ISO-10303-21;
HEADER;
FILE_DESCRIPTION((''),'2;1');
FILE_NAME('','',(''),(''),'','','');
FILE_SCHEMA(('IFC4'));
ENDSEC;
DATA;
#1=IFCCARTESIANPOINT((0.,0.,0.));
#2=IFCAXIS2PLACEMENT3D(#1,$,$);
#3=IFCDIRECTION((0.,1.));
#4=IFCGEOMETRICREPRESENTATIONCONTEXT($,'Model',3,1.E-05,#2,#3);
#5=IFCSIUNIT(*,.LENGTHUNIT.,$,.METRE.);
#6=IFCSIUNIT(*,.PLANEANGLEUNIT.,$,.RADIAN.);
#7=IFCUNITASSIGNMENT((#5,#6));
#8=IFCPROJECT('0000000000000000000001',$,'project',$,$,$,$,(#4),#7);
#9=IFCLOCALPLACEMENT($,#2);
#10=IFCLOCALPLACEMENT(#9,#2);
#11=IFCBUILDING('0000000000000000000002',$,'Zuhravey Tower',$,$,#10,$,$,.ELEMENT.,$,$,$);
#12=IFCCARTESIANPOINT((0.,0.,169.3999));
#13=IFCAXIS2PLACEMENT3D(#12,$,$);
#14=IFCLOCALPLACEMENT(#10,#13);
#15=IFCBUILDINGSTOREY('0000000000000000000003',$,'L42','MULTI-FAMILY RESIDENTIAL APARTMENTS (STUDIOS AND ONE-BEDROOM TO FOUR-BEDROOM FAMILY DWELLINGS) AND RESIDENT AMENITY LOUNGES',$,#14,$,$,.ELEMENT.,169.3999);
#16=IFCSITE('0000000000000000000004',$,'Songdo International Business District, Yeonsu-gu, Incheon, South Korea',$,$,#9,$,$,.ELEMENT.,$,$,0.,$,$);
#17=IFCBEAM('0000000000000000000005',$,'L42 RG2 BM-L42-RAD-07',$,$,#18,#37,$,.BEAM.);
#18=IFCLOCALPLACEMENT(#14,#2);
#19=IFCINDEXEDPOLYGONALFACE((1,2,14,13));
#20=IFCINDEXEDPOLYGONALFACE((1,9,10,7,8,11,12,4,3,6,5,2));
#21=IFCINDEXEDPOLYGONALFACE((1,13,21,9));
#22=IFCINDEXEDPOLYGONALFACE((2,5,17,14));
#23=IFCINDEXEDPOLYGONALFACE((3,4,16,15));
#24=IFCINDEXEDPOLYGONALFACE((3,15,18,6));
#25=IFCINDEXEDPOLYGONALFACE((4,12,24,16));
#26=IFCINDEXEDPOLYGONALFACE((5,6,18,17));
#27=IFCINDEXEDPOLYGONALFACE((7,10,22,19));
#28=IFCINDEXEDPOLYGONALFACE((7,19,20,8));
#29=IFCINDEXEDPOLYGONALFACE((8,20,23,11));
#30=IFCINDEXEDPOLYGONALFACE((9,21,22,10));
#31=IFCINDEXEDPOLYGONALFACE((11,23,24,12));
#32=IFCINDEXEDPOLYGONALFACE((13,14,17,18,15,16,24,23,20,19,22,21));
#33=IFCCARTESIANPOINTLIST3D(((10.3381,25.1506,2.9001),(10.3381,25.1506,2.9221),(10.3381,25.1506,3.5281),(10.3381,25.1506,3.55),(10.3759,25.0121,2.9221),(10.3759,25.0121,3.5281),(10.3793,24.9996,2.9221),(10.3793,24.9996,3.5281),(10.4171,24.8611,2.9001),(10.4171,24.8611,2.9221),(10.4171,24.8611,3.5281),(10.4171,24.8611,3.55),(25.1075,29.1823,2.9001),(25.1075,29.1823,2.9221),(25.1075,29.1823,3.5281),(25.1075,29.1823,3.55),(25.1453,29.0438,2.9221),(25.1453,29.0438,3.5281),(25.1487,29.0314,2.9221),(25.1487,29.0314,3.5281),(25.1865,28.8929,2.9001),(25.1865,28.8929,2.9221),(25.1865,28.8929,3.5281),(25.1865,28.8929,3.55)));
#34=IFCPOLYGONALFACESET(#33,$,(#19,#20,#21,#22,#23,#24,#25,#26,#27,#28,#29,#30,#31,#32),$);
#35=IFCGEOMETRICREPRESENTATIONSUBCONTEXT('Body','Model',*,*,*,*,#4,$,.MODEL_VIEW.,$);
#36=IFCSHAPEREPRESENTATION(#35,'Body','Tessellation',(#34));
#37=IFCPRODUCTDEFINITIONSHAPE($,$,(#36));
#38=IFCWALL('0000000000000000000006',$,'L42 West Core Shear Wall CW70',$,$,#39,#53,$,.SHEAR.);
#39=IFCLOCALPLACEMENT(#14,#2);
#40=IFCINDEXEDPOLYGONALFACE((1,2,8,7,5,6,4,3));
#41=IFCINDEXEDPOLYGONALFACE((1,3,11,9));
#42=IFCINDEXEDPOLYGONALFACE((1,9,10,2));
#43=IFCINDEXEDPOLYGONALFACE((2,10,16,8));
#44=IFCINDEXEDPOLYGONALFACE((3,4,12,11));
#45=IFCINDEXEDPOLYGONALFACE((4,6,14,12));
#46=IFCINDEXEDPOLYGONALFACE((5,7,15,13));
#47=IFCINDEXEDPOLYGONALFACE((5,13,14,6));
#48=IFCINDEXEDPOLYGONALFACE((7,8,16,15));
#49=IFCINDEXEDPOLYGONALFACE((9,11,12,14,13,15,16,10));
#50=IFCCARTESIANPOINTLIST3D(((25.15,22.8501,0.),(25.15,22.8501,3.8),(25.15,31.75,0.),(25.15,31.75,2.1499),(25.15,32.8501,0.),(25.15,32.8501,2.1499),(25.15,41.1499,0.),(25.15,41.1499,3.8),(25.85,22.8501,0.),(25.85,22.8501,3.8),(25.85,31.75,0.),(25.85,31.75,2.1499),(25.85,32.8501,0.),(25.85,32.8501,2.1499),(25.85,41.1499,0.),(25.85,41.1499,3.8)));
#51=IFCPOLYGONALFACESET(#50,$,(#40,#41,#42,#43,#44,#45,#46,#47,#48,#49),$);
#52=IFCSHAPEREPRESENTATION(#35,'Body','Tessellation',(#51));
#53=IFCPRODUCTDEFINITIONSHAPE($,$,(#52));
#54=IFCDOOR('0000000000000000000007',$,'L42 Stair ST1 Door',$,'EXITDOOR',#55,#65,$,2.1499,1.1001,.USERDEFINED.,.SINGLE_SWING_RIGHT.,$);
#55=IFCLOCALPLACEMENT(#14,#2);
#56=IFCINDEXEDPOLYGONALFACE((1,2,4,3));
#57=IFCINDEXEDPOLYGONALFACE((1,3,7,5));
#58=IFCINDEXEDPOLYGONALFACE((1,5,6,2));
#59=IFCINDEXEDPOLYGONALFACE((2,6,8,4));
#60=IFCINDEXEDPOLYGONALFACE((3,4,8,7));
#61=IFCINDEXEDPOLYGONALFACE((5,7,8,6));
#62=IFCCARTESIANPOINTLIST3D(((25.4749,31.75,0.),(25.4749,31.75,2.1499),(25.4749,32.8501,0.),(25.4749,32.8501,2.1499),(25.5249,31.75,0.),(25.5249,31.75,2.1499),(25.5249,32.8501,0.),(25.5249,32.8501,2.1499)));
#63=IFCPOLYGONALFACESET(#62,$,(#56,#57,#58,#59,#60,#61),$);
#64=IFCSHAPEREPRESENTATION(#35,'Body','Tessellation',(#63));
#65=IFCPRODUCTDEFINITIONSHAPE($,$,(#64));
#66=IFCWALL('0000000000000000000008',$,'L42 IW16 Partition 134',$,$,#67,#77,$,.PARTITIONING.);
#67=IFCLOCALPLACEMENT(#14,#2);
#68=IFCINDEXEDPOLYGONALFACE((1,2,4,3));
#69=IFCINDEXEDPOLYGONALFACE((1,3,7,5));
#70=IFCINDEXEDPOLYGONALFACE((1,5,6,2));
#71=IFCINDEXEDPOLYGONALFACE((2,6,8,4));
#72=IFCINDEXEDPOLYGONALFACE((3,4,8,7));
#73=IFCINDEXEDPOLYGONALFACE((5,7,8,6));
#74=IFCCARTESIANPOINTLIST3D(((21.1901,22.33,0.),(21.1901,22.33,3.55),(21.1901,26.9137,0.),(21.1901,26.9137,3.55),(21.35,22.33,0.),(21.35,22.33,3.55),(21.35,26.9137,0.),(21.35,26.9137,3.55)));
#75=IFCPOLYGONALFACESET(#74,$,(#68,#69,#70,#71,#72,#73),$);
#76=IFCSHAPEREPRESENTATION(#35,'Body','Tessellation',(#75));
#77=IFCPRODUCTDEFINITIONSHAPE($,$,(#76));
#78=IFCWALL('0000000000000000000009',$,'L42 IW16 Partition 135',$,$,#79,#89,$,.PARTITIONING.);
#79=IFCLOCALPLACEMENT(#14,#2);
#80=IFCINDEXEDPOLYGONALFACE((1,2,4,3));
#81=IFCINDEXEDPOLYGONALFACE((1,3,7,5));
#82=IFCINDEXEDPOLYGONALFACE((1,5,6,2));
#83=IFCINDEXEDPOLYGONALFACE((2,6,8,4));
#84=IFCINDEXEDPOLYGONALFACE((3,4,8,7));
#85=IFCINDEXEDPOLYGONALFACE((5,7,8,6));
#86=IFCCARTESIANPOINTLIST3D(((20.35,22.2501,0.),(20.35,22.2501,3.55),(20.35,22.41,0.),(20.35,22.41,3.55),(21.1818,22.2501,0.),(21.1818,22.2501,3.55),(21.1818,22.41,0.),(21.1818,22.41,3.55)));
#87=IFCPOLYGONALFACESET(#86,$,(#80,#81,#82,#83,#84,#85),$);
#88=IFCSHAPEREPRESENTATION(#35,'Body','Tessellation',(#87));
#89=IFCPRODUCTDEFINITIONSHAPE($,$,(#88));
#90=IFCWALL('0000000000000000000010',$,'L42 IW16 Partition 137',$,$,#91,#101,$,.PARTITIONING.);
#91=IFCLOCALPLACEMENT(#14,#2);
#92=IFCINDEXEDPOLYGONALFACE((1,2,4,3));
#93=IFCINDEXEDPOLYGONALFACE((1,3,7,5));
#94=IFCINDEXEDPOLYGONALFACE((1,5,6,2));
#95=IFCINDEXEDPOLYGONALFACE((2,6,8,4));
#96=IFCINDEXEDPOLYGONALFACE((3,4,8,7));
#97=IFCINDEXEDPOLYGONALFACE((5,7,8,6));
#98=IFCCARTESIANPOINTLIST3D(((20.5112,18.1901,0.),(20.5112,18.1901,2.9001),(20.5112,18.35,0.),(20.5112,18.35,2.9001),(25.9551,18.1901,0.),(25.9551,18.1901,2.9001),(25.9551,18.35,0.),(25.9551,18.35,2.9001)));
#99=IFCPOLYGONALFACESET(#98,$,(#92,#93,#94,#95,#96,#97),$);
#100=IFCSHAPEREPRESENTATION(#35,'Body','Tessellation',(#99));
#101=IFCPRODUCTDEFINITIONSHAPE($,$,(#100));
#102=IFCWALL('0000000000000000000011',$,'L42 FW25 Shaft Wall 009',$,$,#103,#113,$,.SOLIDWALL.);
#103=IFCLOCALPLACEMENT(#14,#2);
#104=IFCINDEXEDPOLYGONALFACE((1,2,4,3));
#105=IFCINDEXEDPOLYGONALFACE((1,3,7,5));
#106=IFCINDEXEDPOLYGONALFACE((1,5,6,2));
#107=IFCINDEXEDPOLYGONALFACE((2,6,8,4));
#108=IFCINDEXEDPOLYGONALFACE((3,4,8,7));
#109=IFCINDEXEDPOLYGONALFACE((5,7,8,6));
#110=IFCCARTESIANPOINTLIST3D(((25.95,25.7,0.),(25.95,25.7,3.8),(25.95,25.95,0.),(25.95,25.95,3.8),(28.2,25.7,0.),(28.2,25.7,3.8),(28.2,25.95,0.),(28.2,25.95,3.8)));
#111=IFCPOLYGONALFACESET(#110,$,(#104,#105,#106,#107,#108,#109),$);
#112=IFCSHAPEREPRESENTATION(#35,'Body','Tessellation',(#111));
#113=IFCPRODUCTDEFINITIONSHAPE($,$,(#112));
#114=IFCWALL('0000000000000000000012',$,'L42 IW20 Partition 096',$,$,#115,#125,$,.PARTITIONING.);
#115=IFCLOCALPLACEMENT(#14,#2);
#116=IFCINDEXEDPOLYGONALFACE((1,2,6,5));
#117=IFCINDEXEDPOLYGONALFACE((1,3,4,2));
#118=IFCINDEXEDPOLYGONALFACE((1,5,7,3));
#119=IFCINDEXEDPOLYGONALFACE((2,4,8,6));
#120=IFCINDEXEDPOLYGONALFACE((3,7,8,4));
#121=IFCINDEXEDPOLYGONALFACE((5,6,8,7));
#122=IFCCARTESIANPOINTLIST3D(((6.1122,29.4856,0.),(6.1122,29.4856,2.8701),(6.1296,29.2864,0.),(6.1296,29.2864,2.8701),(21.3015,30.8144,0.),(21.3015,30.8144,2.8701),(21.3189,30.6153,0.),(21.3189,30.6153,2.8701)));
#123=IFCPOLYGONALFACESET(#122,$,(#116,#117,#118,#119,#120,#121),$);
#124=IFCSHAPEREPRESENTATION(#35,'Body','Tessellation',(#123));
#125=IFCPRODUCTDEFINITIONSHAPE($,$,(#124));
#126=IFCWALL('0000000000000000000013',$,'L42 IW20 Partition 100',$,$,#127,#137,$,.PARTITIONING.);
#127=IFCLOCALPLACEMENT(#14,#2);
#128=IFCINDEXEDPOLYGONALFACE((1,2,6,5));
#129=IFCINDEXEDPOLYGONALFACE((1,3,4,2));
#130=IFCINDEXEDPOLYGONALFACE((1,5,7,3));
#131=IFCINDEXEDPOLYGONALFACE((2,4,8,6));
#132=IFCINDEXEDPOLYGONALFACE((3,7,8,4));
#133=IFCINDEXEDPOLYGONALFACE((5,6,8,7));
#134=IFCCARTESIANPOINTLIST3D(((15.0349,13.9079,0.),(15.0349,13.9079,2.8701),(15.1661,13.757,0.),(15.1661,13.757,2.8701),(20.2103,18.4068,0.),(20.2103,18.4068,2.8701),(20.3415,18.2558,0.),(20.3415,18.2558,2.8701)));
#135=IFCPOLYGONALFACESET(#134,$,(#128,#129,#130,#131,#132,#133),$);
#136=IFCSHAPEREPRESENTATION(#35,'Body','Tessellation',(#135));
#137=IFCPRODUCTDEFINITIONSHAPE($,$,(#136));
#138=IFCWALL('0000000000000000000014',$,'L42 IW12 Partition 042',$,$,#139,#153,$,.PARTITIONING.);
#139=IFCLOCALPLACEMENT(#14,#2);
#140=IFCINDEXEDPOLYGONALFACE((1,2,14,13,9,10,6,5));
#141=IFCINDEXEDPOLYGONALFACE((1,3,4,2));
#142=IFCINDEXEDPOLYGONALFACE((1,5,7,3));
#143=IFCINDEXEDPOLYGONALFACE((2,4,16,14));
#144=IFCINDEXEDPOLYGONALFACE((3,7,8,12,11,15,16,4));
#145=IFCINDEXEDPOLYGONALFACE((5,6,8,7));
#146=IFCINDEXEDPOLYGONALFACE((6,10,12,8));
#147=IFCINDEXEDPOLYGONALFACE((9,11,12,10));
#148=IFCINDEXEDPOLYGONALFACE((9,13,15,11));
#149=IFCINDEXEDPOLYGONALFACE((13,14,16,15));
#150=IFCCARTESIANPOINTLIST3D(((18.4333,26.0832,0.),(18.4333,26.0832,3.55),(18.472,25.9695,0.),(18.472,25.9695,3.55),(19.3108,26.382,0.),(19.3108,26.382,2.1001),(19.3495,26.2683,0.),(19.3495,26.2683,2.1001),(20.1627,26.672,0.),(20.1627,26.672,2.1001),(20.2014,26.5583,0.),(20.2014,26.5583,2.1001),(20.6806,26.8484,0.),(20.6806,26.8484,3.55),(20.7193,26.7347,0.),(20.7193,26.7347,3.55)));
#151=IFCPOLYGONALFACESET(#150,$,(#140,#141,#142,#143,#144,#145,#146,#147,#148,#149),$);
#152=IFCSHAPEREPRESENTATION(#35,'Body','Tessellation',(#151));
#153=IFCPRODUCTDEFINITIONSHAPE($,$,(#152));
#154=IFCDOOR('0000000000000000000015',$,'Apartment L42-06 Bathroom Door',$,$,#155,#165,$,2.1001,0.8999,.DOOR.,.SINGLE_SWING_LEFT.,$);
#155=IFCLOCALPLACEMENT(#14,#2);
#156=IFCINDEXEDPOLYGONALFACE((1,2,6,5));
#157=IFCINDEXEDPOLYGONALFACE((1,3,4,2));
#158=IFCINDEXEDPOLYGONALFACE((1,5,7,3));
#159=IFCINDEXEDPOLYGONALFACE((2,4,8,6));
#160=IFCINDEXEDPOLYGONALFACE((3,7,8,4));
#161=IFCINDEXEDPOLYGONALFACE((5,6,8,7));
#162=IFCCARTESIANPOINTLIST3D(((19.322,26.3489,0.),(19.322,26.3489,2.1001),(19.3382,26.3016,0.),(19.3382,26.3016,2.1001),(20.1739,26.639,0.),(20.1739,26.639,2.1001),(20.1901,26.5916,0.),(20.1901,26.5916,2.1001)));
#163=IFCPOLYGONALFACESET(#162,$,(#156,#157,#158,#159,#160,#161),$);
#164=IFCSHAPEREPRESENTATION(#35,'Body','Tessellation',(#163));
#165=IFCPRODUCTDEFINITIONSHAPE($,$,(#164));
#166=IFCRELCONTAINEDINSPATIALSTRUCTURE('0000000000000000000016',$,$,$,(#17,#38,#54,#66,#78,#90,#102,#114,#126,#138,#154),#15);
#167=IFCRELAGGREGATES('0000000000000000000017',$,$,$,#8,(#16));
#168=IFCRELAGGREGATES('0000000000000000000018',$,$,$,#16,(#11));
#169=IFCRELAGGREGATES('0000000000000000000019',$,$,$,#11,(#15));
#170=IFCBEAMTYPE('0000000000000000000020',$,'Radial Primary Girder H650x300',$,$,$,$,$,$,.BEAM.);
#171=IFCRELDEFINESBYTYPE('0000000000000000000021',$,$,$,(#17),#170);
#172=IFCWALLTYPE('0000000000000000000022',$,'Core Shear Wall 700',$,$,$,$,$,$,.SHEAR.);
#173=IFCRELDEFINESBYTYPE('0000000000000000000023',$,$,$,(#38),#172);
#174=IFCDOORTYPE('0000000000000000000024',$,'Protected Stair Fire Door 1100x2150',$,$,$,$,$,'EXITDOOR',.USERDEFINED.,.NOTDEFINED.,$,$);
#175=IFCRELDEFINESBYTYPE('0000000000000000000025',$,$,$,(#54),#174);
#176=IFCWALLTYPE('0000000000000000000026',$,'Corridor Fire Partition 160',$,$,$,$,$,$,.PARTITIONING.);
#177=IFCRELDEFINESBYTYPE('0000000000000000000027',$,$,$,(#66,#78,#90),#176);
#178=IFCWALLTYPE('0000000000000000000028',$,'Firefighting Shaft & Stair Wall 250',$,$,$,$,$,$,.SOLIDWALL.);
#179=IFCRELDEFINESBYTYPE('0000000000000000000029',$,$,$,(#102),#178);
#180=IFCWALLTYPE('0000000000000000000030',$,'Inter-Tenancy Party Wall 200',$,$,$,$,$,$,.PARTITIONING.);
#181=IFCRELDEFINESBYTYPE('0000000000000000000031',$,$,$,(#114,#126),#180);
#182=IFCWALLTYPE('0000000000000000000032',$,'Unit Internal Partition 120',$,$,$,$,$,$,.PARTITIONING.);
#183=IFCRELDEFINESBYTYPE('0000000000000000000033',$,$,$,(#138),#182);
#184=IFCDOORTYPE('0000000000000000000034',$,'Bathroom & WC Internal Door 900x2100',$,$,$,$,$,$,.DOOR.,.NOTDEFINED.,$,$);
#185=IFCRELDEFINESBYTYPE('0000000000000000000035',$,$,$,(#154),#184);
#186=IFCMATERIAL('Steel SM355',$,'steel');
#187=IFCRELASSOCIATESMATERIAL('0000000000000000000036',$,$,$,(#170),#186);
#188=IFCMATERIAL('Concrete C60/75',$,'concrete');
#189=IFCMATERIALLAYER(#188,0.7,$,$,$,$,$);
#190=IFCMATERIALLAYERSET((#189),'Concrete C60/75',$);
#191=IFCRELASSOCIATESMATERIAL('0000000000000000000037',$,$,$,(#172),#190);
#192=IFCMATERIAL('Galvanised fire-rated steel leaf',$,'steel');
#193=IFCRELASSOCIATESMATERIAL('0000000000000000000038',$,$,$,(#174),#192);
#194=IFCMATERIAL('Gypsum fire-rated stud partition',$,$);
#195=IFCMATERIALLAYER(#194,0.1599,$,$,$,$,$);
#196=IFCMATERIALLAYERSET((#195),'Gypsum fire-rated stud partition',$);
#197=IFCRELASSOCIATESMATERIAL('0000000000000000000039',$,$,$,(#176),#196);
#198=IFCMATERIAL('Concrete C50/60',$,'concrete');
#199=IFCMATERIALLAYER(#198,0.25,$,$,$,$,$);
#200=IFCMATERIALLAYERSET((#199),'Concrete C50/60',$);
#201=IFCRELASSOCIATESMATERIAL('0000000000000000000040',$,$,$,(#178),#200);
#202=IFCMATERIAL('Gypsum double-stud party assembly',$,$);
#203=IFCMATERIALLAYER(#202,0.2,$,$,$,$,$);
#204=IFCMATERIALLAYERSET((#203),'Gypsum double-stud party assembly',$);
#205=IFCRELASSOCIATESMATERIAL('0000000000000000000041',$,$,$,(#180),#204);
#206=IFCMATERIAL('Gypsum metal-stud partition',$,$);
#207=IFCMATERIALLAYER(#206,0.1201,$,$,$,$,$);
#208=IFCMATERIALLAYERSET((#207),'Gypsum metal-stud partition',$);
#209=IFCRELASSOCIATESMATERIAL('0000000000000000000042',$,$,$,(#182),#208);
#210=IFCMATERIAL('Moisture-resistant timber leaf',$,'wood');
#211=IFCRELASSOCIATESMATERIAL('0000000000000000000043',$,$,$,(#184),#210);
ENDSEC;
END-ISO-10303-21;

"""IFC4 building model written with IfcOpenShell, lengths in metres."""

from ifc_helpers import new_model, si_unit, direction, frame, frame_2d, origin, origin_2d, place, context, subcontext, project, spatial, rectangle, i_section, extrude, material, layer, layer_set, material_profile, profile_set, type_object, element, fill, save


model = new_model("IFC4")

# Units and contexts
model_context = context("Model", 3, precision=1e-05, world=origin(), true_north=direction((0.0, 1.0)))
body_context = subcontext(model_context, "Body", "Model", "MODEL_VIEW")
ifc_project = project(units=[si_unit("LENGTHUNIT", "METRE"), si_unit("PLANEANGLEUNIT", "RADIAN")], contexts=[model_context])

# Site, building, storey
site_placement = place(None, origin())
site = spatial("IfcSite", under=ifc_project, at=site_placement, Name="Songdo International Business District, Yeonsu-gu, Incheon, South Korea", CompositionType="ELEMENT", RefElevation=0.0)
building_placement = place(site_placement, origin())
building = spatial("IfcBuilding", under=site, at=building_placement, Name="Zuhravey Tower", CompositionType="ELEMENT")
storey_placement = place(building_placement, frame((0.0, 0.0, 169.3999)))
storey = spatial("IfcBuildingStorey", under=building, at=storey_placement, Name="L42", Description="MULTI-FAMILY RESIDENTIAL APARTMENTS (STUDIOS AND ONE-BEDROOM TO FOUR-BEDROOM FAMILY DWELLINGS) AND RESIDENT AMENITY LOUNGES", CompositionType="ELEMENT", Elevation=169.3999)

# Beam
ifc_material_1 = material(Name="Steel SM355", Category="steel")
ifc_material_profile = material_profile(ifc_material_1, i_section(OverallWidth=0.3, OverallDepth=0.6499, WebThickness=0.0129, FlangeThickness=0.022, at=origin_2d()), Name="H-650x300x13x22")
ifc_profile_set = profile_set([ifc_material_profile], Name="Steel SM355")
beam_type = type_object("IfcBeamType", Name="Radial Primary Girder H650x300", PredefinedType="BEAM", material=ifc_profile_set)
beam_placement = place(storey_placement, frame((25.147, 29.0376, 3.2251), z_axis=(-0.964702, -0.263345, 0.0), x_axis=(0.263345, -0.964702, 0.0)))
element("IfcBeam", 1, at=beam_placement, inside=storey, type_object=beam_type, Name="L42 RG2 BM-L42-RAD-07", PredefinedType="BEAM", context=body_context, shape_type="SweptSolid", body=[
    extrude(i_section(OverallWidth=0.3, OverallDepth=0.6499, WebThickness=0.0129, FlangeThickness=0.022, at=origin_2d()), origin(), (0.0, 0.0, 1.0), 15.3098),
])

# Wall, opening, door
ifc_material_2 = material(Name="Concrete C60/75", Category="concrete")
ifc_layer_1 = layer(ifc_material_2, 0.7)
ifc_layer_set_1 = layer_set([ifc_layer_1], Name="Concrete C60/75")
wall_type_1 = type_object("IfcWallType", Name="Core Shear Wall 700", PredefinedType="SHEAR", material=ifc_layer_set_1)
ifc_material_3 = material(Name="Galvanised fire-rated steel leaf", Category="steel")
wall_1_placement = place(storey_placement, frame((25.5, 22.8501, 0.0), z_axis=(0.0, 0.0, 1.0), x_axis=(0.0, 1.0, 0.0)))
wall_1 = element("IfcWall", 2, at=wall_1_placement, inside=storey, type_object=wall_type_1, Name="L42 West Core Shear Wall CW70", PredefinedType="SHEAR", context=body_context, shape_type="SweptSolid", body=[
    extrude(rectangle(XDim=18.2998, YDim=0.7, at=frame_2d((9.1499, 0.0))), origin(), (0.0, 0.0, 1.0), 3.8),
])
opening_1_placement = place(wall_1_placement, frame((8.8999, 0.0, 0.0)))
opening_1 = element("IfcOpeningElement", 3, at=opening_1_placement, cuts=wall_1, PredefinedType="OPENING", context=body_context, shape_type="SweptSolid", body=[
    extrude(rectangle(XDim=1.1001, YDim=2.1499, at=frame_2d((0.55, 1.075))), frame((0.0, 0.3621, 0.0), z_axis=(0.0, -1.0, 0.0), x_axis=(1.0, 0.0, 0.0)), (0.0, 0.0, 1.0), 0.7239),
])
door_type_1 = type_object("IfcDoorType", Name="Protected Stair Fire Door 1100x2150", ElementType="EXITDOOR", OperationType="NOTDEFINED", PredefinedType="USERDEFINED", material=ifc_material_3)
door_1_placement = place(opening_1_placement, frame((1.1001, 0.0, 0.0), z_axis=(0.0, 0.0, 1.0), x_axis=(-1.0, 0.0, 0.0)))
door_1 = element("IfcDoor", 4, at=door_1_placement, inside=storey, type_object=door_type_1, Name="L42 Stair ST1 Door", ObjectType="EXITDOOR", OperationType="SINGLE_SWING_RIGHT", OverallHeight=2.1499, OverallWidth=1.1001, PredefinedType="USERDEFINED", context=body_context, shape_type="SweptSolid", body=[
    extrude(rectangle(XDim=1.1001, YDim=2.1499, at=frame_2d((0.55, 1.075))), frame((0.0, 0.0249, 0.0), z_axis=(0.0, -1.0, 0.0), x_axis=(1.0, 0.0, 0.0)), (0.0, 0.0, 1.0), 0.05),
])
fill(opening_1, door_1)
ifc_material_4 = material(Name="Gypsum fire-rated stud partition")
ifc_layer_2 = layer(ifc_material_4, 0.1599)
ifc_layer_set_2 = layer_set([ifc_layer_2], Name="Gypsum fire-rated stud partition")
wall_type_2 = type_object("IfcWallType", Name="Corridor Fire Partition 160", PredefinedType="PARTITIONING", material=ifc_layer_set_2)

# Walls
wall_2_placement = place(storey_placement, frame((21.27, 26.9138, 0.0), z_axis=(0.0, 0.0, 1.0), x_axis=(0.0, -1.0, 0.0)))
element("IfcWall", 5, at=wall_2_placement, inside=storey, type_object=wall_type_2, Name="L42 IW16 Partition 134", PredefinedType="PARTITIONING", context=body_context, shape_type="SweptSolid", body=[
    extrude(rectangle(XDim=4.5837, YDim=0.1599, at=frame_2d((2.292, 0.0))), origin(), (0.0, 0.0, 1.0), 3.55),
])
wall_3_placement = place(storey_placement, frame((21.1819, 22.3301, 0.0), z_axis=(0.0, 0.0, 1.0), x_axis=(-1.0, 0.0, 0.0)))
element("IfcWall", 6, at=wall_3_placement, inside=storey, type_object=wall_type_2, Name="L42 IW16 Partition 135", PredefinedType="PARTITIONING", context=body_context, shape_type="SweptSolid", body=[
    extrude(rectangle(XDim=0.8318, YDim=0.1599, at=frame_2d((0.416, 0.0))), origin(), (0.0, 0.0, 1.0), 3.55),
])
wall_4_placement = place(storey_placement, frame((20.5112, 18.27, 0.0), z_axis=(0.0, 0.0, 1.0), x_axis=(1.0, 0.0, 0.0)))
element("IfcWall", 7, at=wall_4_placement, inside=storey, type_object=wall_type_2, Name="L42 IW16 Partition 137", PredefinedType="PARTITIONING", context=body_context, shape_type="SweptSolid", body=[
    extrude(rectangle(XDim=5.4438, YDim=0.1599, at=frame_2d((2.7219, 0.0))), origin(), (0.0, 0.0, 1.0), 2.9001),
])
ifc_material_5 = material(Name="Concrete C50/60", Category="concrete")
ifc_layer_3 = layer(ifc_material_5, 0.25)
ifc_layer_set_3 = layer_set([ifc_layer_3], Name="Concrete C50/60")
wall_type_3 = type_object("IfcWallType", Name="Firefighting Shaft & Stair Wall 250", PredefinedType="SOLIDWALL", material=ifc_layer_set_3)
wall_5_placement = place(storey_placement, frame((25.95, 25.825, 0.0), z_axis=(0.0, 0.0, 1.0), x_axis=(1.0, 0.0, 0.0)))
element("IfcWall", 8, at=wall_5_placement, inside=storey, type_object=wall_type_3, Name="L42 FW25 Shaft Wall 009", PredefinedType="SOLIDWALL", context=body_context, shape_type="SweptSolid", body=[
    extrude(rectangle(XDim=2.25, YDim=0.25, at=frame_2d((1.125, 0.0))), origin(), (0.0, 0.0, 1.0), 3.8),
])
ifc_material_6 = material(Name="Gypsum double-stud party assembly")
ifc_layer_4 = layer(ifc_material_6, 0.2)
ifc_layer_set_4 = layer_set([ifc_layer_4], Name="Gypsum double-stud party assembly")
wall_type_4 = type_object("IfcWallType", Name="Inter-Tenancy Party Wall 200", PredefinedType="PARTITIONING", material=ifc_layer_set_4)
wall_6_placement = place(storey_placement, frame((21.3101, 30.7148, 0.0), z_axis=(0.0, 0.0, 1.0), x_axis=(-0.996195, -0.087154, 0.0)))
element("IfcWall", 9, at=wall_6_placement, inside=storey, type_object=wall_type_4, Name="L42 IW20 Partition 096", PredefinedType="PARTITIONING", context=body_context, shape_type="SweptSolid", body=[
    extrude(rectangle(XDim=15.2473, YDim=0.2, at=frame_2d((7.6235, 0.0))), origin(), (0.0, 0.0, 1.0), 2.8701),
])
wall_7_placement = place(storey_placement, frame((20.2759, 18.3313, 0.0), z_axis=(0.0, 0.0, 1.0), x_axis=(-0.754712, -0.656056, 0.0)))
element("IfcWall", 10, at=wall_7_placement, inside=storey, type_object=wall_type_4, Name="L42 IW20 Partition 100", PredefinedType="PARTITIONING", context=body_context, shape_type="SweptSolid", body=[
    extrude(rectangle(XDim=6.8574, YDim=0.2, at=frame_2d((3.4287, 0.0))), origin(), (0.0, 0.0, 1.0), 2.8701),
])

# Wall, opening, door
ifc_material_7 = material(Name="Gypsum metal-stud partition")
ifc_layer_5 = layer(ifc_material_7, 0.1201)
ifc_layer_set_5 = layer_set([ifc_layer_5], Name="Gypsum metal-stud partition")
wall_type_5 = type_object("IfcWallType", Name="Unit Internal Partition 120", PredefinedType="PARTITIONING", material=ifc_layer_set_5)
wall_8_placement = place(storey_placement, frame((20.7, 26.7915, 0.0), z_axis=(0.0, 0.0, 1.0), x_axis=(-0.946638, -0.322299, 0.0)))
wall_8 = element("IfcWall", 11, at=wall_8_placement, inside=storey, type_object=wall_type_5, Name="L42 IW12 Partition 042", PredefinedType="PARTITIONING", context=body_context, shape_type="SweptSolid", body=[
    extrude(rectangle(XDim=2.374, YDim=0.1201, at=frame_2d((1.187, 0.0))), origin(), (0.0, 0.0, 1.0), 3.55),
])
opening_2_placement = place(wall_8_placement, frame((0.5471, 0.0, 0.0)))
opening_2 = element("IfcOpeningElement", 12, at=opening_2_placement, cuts=wall_8, PredefinedType="OPENING", context=body_context, shape_type="SweptSolid", body=[
    extrude(rectangle(XDim=0.8999, YDim=2.1001, at=frame_2d((0.45, 1.05))), frame((0.0, 0.072, 0.0), z_axis=(0.0, -1.0, 0.0), x_axis=(1.0, 0.0, 0.0)), (0.0, 0.0, 1.0), 0.144),
])
ifc_material_8 = material(Name="Moisture-resistant timber leaf", Category="wood")
door_type_2 = type_object("IfcDoorType", Name="Bathroom & WC Internal Door 900x2100", OperationType="NOTDEFINED", PredefinedType="DOOR", material=ifc_material_8)
door_2_placement = place(opening_2_placement, origin())
door_2 = element("IfcDoor", 13, at=door_2_placement, inside=storey, type_object=door_type_2, Name="Apartment L42-06 Bathroom Door", OperationType="SINGLE_SWING_LEFT", OverallHeight=2.1001, OverallWidth=0.8999, PredefinedType="DOOR", context=body_context, shape_type="SweptSolid", body=[
    extrude(rectangle(XDim=0.8999, YDim=2.1001, at=frame_2d((0.45, 1.05))), frame((0.0, 0.0249, 0.0), z_axis=(0.0, -1.0, 0.0), x_axis=(1.0, 0.0, 0.0)), (0.0, 0.0, 1.0), 0.05),
])
fill(opening_2, door_2)

save(model, "model.ifc")
